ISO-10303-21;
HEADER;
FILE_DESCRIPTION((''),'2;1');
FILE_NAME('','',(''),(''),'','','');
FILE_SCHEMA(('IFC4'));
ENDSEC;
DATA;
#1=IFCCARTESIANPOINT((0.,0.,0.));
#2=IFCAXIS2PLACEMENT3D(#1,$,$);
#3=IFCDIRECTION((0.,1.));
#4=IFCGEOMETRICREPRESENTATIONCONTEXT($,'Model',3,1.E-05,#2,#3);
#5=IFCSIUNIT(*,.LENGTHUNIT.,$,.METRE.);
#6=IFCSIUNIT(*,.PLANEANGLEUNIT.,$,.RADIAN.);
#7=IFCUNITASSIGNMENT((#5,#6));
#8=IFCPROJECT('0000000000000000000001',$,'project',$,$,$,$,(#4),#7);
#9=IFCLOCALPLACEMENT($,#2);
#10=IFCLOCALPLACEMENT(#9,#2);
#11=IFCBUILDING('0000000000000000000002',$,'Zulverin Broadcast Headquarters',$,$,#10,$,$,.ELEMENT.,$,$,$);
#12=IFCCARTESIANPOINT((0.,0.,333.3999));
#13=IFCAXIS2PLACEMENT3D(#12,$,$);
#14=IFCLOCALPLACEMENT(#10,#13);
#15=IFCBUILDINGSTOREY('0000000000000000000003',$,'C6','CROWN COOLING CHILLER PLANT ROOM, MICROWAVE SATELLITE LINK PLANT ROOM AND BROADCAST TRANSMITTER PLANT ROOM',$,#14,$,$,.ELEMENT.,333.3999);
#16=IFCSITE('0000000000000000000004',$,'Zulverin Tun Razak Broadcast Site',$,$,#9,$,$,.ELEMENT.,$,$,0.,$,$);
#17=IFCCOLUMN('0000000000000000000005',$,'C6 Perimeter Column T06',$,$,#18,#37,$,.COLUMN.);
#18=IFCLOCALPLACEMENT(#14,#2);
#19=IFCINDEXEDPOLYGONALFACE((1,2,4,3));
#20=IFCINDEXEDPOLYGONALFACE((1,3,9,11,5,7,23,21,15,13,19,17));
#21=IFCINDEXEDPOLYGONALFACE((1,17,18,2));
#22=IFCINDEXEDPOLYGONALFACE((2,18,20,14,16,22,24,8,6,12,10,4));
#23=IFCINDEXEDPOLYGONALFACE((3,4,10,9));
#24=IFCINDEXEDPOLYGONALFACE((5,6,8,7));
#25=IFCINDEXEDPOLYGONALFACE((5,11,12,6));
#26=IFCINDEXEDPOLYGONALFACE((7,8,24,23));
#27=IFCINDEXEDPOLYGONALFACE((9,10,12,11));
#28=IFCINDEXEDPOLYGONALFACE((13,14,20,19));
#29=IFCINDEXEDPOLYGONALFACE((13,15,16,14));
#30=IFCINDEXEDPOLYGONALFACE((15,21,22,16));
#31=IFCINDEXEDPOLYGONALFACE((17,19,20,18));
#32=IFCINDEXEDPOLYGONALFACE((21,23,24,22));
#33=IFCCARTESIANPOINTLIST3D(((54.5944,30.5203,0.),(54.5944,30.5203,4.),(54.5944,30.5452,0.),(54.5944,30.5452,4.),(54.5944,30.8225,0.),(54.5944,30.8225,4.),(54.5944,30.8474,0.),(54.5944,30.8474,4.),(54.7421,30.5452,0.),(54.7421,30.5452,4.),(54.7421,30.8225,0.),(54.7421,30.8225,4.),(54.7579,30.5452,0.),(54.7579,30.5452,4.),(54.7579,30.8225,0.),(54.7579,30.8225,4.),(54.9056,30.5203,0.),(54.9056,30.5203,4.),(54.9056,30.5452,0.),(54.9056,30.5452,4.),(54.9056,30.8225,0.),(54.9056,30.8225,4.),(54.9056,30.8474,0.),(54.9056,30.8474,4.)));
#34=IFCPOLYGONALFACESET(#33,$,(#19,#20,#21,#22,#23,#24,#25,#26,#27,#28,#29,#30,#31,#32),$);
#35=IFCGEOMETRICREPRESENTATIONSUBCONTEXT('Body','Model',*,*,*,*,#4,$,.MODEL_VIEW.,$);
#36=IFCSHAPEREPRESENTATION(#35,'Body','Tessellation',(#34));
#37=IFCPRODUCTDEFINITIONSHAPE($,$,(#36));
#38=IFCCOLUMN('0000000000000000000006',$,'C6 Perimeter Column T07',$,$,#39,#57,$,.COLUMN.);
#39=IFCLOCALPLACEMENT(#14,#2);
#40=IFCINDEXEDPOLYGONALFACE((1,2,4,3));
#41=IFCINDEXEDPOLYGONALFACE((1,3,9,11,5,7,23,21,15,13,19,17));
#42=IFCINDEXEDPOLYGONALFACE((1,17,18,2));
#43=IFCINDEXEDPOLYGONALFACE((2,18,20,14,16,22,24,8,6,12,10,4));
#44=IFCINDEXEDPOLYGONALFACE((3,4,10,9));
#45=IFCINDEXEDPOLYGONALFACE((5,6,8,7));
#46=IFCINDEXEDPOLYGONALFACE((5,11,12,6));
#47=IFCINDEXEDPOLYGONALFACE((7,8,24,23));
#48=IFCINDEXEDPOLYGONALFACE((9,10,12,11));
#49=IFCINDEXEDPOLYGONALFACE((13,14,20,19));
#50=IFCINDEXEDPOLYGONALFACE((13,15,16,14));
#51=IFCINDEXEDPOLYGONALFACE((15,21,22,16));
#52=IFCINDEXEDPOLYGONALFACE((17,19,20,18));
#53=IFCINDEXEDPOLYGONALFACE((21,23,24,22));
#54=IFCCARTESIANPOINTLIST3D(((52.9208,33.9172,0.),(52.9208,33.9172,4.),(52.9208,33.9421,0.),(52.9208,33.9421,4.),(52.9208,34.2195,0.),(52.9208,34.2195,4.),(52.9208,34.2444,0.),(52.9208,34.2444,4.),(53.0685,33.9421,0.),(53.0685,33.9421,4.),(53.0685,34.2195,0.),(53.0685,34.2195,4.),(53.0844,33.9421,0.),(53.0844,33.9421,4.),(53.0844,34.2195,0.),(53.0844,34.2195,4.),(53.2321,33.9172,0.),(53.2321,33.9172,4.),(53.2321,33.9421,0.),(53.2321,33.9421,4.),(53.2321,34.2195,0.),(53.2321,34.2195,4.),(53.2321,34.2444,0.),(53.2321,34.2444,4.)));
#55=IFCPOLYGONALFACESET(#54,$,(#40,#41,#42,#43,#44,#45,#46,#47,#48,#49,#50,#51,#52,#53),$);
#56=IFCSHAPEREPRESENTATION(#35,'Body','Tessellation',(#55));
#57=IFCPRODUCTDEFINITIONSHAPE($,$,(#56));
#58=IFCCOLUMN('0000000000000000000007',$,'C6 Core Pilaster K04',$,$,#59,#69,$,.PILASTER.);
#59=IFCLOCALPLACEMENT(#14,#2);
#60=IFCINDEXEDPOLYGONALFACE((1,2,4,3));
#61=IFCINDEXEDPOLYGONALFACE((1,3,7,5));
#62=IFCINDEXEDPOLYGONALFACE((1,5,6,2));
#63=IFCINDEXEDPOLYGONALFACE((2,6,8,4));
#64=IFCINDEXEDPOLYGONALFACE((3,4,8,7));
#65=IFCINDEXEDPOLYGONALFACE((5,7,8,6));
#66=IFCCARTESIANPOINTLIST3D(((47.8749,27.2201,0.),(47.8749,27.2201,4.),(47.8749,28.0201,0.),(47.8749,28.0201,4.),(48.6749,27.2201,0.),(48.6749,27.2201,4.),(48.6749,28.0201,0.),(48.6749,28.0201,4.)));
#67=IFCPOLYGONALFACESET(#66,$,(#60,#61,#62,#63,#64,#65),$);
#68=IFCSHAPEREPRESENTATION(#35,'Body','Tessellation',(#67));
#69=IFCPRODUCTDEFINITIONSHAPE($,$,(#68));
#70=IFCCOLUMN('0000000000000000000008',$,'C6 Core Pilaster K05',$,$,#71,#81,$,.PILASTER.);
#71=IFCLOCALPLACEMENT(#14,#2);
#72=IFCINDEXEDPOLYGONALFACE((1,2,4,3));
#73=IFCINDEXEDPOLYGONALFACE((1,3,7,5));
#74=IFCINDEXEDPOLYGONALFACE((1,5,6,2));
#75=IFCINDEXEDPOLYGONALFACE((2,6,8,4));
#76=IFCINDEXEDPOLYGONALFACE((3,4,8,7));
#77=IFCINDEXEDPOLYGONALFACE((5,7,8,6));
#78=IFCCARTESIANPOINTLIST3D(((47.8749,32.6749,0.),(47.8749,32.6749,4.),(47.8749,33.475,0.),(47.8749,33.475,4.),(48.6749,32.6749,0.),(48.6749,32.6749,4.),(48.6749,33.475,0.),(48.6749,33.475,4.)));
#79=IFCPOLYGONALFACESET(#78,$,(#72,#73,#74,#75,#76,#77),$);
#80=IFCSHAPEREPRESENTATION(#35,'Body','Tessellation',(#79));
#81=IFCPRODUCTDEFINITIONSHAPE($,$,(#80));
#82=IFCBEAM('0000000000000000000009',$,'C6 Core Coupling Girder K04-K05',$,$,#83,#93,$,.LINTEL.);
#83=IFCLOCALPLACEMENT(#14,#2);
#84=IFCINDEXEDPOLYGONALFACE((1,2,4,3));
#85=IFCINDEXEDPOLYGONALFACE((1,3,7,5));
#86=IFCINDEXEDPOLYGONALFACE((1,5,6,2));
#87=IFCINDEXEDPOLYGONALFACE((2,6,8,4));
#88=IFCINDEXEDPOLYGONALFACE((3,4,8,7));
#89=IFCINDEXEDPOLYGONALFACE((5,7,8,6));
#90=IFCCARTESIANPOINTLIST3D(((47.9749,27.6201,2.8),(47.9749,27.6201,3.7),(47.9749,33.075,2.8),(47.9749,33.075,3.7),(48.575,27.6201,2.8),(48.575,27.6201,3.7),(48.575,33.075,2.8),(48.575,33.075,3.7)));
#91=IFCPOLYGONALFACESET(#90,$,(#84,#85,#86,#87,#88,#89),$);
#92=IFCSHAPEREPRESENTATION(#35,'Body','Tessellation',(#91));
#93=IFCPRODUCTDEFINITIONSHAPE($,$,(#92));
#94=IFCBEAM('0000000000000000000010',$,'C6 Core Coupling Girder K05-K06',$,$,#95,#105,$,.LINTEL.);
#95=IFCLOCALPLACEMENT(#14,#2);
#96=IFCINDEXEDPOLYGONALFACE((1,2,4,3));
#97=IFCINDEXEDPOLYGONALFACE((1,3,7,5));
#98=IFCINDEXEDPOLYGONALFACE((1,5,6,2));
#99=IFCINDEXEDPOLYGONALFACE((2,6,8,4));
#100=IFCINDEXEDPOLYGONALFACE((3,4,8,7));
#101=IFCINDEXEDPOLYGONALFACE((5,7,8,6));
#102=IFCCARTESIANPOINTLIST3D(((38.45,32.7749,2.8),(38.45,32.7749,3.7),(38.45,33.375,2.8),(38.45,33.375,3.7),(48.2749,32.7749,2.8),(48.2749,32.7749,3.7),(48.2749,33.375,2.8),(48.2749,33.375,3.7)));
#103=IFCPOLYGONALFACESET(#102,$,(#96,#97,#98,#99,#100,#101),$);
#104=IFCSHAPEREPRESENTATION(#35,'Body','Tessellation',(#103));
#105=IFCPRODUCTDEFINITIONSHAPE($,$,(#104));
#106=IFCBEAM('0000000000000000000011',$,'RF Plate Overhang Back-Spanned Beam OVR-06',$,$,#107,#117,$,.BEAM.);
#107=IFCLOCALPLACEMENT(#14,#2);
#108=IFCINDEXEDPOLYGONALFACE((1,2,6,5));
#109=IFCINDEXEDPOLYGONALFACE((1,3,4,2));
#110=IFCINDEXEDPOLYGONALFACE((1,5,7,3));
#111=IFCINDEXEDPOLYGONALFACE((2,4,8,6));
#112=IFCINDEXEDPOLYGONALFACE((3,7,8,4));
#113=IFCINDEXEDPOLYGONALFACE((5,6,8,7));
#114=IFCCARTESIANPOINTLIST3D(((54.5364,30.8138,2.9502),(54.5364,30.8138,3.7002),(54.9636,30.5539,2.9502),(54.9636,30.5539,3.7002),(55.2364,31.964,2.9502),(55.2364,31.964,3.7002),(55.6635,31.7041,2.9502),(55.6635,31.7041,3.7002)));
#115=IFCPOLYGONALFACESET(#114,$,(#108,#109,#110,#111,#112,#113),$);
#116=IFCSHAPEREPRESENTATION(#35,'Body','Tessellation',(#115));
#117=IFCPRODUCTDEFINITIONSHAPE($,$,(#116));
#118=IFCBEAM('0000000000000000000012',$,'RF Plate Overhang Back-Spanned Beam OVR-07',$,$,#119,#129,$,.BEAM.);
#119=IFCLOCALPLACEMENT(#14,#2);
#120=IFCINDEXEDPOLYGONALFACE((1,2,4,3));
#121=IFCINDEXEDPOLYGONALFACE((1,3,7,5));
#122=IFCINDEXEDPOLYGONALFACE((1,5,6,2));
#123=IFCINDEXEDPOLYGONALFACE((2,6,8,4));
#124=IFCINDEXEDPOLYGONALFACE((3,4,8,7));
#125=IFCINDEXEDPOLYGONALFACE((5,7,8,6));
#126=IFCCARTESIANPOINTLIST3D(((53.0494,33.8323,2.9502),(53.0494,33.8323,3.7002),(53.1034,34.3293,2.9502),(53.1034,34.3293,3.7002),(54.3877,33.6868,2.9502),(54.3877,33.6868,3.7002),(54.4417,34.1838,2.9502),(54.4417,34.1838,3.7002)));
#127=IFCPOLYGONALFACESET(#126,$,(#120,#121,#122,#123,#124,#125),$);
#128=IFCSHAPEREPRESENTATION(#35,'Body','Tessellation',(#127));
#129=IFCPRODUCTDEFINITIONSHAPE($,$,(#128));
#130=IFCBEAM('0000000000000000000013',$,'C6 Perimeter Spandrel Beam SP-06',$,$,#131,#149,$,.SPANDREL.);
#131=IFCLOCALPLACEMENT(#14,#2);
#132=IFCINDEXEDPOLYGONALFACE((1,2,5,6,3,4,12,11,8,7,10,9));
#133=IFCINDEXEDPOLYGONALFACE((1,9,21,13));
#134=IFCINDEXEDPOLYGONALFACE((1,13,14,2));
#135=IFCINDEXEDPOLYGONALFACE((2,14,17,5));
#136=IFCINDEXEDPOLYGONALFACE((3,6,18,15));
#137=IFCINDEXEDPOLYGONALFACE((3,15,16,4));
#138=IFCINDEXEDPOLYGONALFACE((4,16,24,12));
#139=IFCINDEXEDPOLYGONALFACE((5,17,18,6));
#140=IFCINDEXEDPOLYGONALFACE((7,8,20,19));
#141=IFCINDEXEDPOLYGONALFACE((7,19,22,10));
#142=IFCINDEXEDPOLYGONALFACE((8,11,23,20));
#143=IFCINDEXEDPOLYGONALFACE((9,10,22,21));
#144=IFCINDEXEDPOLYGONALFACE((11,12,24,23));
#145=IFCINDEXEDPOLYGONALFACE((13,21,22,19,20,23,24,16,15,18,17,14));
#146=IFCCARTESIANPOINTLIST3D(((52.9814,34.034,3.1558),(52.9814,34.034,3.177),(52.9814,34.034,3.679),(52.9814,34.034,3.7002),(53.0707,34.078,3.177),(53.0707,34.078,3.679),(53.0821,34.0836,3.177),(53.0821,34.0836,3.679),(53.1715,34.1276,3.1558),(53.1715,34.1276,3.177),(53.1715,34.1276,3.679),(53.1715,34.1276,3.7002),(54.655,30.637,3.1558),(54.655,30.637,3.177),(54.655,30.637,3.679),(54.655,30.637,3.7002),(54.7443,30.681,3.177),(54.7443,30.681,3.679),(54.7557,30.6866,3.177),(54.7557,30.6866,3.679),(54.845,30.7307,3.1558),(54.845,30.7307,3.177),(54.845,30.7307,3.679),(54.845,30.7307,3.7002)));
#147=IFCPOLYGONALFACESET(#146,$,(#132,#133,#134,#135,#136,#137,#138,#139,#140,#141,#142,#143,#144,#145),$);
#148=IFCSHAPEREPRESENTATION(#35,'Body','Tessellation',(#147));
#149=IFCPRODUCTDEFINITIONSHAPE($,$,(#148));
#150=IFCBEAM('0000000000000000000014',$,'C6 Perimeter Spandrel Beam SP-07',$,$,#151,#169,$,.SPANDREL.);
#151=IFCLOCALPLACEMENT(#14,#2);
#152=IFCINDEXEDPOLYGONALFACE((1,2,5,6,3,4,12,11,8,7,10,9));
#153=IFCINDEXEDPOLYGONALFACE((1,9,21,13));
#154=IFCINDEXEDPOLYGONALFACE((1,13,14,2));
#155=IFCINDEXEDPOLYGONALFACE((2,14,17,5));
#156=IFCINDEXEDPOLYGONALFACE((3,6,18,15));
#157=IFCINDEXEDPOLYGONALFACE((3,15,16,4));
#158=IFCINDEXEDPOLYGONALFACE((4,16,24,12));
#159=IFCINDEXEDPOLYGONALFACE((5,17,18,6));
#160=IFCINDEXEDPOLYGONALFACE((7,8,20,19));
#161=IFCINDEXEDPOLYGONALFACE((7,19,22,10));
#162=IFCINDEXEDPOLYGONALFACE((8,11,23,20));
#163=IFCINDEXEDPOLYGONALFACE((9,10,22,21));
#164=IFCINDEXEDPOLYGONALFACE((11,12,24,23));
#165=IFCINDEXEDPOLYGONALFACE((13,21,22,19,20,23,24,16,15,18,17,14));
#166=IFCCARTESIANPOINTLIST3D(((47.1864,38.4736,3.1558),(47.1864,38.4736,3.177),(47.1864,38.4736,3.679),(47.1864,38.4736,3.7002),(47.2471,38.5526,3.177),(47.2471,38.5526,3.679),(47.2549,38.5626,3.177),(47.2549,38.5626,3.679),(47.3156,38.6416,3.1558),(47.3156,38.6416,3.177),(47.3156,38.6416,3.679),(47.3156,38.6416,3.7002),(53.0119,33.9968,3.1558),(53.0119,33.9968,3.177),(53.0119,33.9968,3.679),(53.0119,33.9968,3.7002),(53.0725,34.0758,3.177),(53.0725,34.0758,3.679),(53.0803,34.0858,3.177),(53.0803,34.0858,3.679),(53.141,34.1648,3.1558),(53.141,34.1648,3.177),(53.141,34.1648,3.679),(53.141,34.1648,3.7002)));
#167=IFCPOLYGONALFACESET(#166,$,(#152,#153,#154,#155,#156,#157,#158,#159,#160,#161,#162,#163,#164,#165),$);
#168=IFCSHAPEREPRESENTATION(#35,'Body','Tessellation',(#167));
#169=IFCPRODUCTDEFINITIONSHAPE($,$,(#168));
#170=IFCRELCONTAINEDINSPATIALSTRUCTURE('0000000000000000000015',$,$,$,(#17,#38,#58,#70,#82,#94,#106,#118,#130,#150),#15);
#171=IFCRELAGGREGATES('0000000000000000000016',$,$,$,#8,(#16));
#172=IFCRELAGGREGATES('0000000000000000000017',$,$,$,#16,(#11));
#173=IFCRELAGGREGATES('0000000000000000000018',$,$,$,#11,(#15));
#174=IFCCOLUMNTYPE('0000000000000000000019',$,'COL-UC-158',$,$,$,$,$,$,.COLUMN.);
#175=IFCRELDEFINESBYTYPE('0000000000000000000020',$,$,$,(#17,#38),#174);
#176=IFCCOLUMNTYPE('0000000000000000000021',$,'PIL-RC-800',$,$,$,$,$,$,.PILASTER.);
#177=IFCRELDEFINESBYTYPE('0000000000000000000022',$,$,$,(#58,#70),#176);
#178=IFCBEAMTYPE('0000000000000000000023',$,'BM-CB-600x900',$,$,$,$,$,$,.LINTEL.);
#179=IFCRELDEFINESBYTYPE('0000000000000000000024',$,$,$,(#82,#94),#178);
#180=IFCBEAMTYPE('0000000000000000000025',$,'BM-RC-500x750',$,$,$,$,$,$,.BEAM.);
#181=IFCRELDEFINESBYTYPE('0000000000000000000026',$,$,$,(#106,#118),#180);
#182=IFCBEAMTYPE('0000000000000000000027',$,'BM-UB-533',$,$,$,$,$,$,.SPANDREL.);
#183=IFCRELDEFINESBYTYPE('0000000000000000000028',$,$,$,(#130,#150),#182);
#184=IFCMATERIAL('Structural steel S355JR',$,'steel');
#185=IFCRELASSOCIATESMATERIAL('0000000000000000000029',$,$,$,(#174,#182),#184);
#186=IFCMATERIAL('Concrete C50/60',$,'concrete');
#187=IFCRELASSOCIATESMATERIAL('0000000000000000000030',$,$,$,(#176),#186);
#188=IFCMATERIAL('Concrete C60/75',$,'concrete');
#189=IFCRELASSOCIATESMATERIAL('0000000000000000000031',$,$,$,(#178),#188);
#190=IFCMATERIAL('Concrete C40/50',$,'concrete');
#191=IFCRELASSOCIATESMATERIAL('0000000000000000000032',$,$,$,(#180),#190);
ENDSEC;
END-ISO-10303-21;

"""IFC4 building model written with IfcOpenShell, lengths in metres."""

from ifc_helpers import new_model, si_unit, direction, frame, origin, origin_2d, place, context, subcontext, project, spatial, rectangle, i_section, extrude, material, material_profile, profile_set, type_object, element, save


model = new_model("IFC4")

# Units and contexts
model_context = context("Model", 3, precision=1e-05, world=origin(), true_north=direction((0.0, 1.0)))
body_context = subcontext(model_context, "Body", "Model", "MODEL_VIEW")
ifc_project = project(units=[si_unit("LENGTHUNIT", "METRE"), si_unit("PLANEANGLEUNIT", "RADIAN")], contexts=[model_context])

# Site, building, storey
site_placement = place(None, origin())
site = spatial("IfcSite", under=ifc_project, at=site_placement, Name="Zulverin Tun Razak Broadcast Site", CompositionType="ELEMENT", RefElevation=0.0)
building_placement = place(site_placement, origin())
building = spatial("IfcBuilding", under=site, at=building_placement, Name="Zulverin Broadcast Headquarters", CompositionType="ELEMENT")
storey_placement = place(building_placement, frame((0.0, 0.0, 333.3999)))
storey = spatial("IfcBuildingStorey", under=building, at=storey_placement, Name="C6", Description="CROWN COOLING CHILLER PLANT ROOM, MICROWAVE SATELLITE LINK PLANT ROOM AND BROADCAST TRANSMITTER PLANT ROOM", CompositionType="ELEMENT", Elevation=333.3999)

# Columns
ifc_material_1 = material(Name="Structural steel S355JR", Category="steel")
ifc_material_profile_1 = material_profile(ifc_material_1, i_section(OverallWidth=0.3113, OverallDepth=0.3271, WebThickness=0.0159, FlangeThickness=0.0249, at=origin_2d()), Name="Structural steel S355JR", Category="steel")
ifc_profile_set_1 = profile_set([ifc_material_profile_1], Name="Structural steel S355JR")
column_type_1 = type_object("IfcColumnType", Name="COL-UC-158", PredefinedType="COLUMN", material=ifc_profile_set_1)
for number, where, z_axis, x_axis, name in (
    (1, (54.75, 30.6838, 0.0), (0.0, 0.0, 1.0), (1.0, 0.0, 0.0), "C6 Perimeter Column T06"),
    (2, (53.0764, 34.0808, 0.0), (0.0, 0.0, 1.0), (1.0, 0.0, 0.0), "C6 Perimeter Column T07"),
):
    element("IfcColumn", number, at=place(storey_placement, frame(where, z_axis=z_axis, x_axis=x_axis)), inside=storey, type_object=column_type_1, Name=name, PredefinedType="COLUMN", context=body_context, shape_type="SweptSolid", body=[
        extrude(i_section(OverallWidth=0.3113, OverallDepth=0.3271, WebThickness=0.0159, FlangeThickness=0.0249, at=origin_2d()), origin(), (0.0, 0.0, 1.0), 4.0),
    ])
ifc_material_2 = material(Name="Concrete C50/60", Category="concrete")
ifc_material_profile_2 = material_profile(ifc_material_2, rectangle(XDim=0.8, YDim=0.8, at=origin_2d()), Name="Concrete C50/60", Category="concrete")
ifc_profile_set_2 = profile_set([ifc_material_profile_2], Name="Concrete C50/60")
column_type_2 = type_object("IfcColumnType", Name="PIL-RC-800", PredefinedType="PILASTER", material=ifc_profile_set_2)
for number, where, z_axis, x_axis, name in (
    (3, (48.2749, 27.6201, 0.0), (0.0, 0.0, 1.0), (1.0, 0.0, 0.0), "C6 Core Pilaster K04"),
    (4, (48.2749, 33.075, 0.0), (0.0, 0.0, 1.0), (1.0, 0.0, 0.0), "C6 Core Pilaster K05"),
):
    element("IfcColumn", number, at=place(storey_placement, frame(where, z_axis=z_axis, x_axis=x_axis)), inside=storey, type_object=column_type_2, Name=name, PredefinedType="PILASTER", context=body_context, shape_type="SweptSolid", body=[
        extrude(rectangle(XDim=0.8, YDim=0.8, at=origin_2d()), origin(), (0.0, 0.0, 1.0), 4.0),
    ])

# Beams
ifc_material_3 = material(Name="Concrete C60/75", Category="concrete")
ifc_material_profile_3 = material_profile(ifc_material_3, rectangle(XDim=0.6001, YDim=0.8999, at=origin_2d()), Name="Concrete C60/75", Category="concrete")
ifc_profile_set_3 = profile_set([ifc_material_profile_3], Name="Concrete C60/75")
beam_type_1 = type_object("IfcBeamType", Name="BM-CB-600x900", PredefinedType="LINTEL", material=ifc_profile_set_3)
beam_1_placement = place(storey_placement, frame((48.2749, 27.6201, 3.25), z_axis=(0.0, 1.0, 0.0), x_axis=(-1.0, 0.0, 0.0)))
element("IfcBeam", 5, at=beam_1_placement, inside=storey, type_object=beam_type_1, Name="C6 Core Coupling Girder K04-K05", PredefinedType="LINTEL", context=body_context, shape_type="SweptSolid", body=[
    extrude(rectangle(XDim=0.6001, YDim=0.8999, at=origin_2d()), origin(), (0.0, 0.0, 1.0), 5.4548),
])
beam_2_placement = place(storey_placement, frame((48.2749, 33.075, 3.25), z_axis=(-1.0, 0.0, 0.0), x_axis=(0.0, -1.0, 0.0)))
element("IfcBeam", 6, at=beam_2_placement, inside=storey, type_object=beam_type_1, Name="C6 Core Coupling Girder K05-K06", PredefinedType="LINTEL", context=body_context, shape_type="SweptSolid", body=[
    extrude(rectangle(XDim=0.6001, YDim=0.8999, at=origin_2d()), origin(), (0.0, 0.0, 1.0), 9.825),
])
ifc_material_4 = material(Name="Concrete C40/50", Category="concrete")
ifc_material_profile_4 = material_profile(ifc_material_4, rectangle(XDim=0.5, YDim=0.75, at=origin_2d()), Name="Concrete C40/50", Category="concrete")
ifc_profile_set_4 = profile_set([ifc_material_profile_4], Name="Concrete C40/50")
beam_type_2 = type_object("IfcBeamType", Name="BM-RC-500x750", PredefinedType="BEAM", material=ifc_profile_set_4)
beam_3_placement = place(storey_placement, frame((54.75, 30.6838, 3.3252), z_axis=(0.519872, 0.854244, 0.0), x_axis=(-0.854244, 0.519872, 0.0)))
element("IfcBeam", 7, at=beam_3_placement, inside=storey, type_object=beam_type_2, Name="RF Plate Overhang Back-Spanned Beam OVR-06", PredefinedType="BEAM", context=body_context, shape_type="SweptSolid", body=[
    extrude(rectangle(XDim=0.5, YDim=0.75, at=origin_2d()), origin(), (0.0, 0.0, 1.0), 1.3464),
])
beam_4_placement = place(storey_placement, frame((53.0764, 34.0808, 3.3252), z_axis=(0.994142, -0.108083, 0.0), x_axis=(0.108083, 0.994142, 0.0)))
element("IfcBeam", 8, at=beam_4_placement, inside=storey, type_object=beam_type_2, Name="RF Plate Overhang Back-Spanned Beam OVR-07", PredefinedType="BEAM", context=body_context, shape_type="SweptSolid", body=[
    extrude(rectangle(XDim=0.5, YDim=0.75, at=origin_2d()), origin(), (0.0, 0.0, 1.0), 1.3462),
])
ifc_material_profile_5 = material_profile(ifc_material_1, i_section(OverallWidth=0.2119, OverallDepth=0.5444, WebThickness=0.0127, FlangeThickness=0.0212, at=origin_2d()), Name="Structural steel S355JR", Category="steel")
ifc_profile_set_5 = profile_set([ifc_material_profile_5], Name="Structural steel S355JR")
beam_type_3 = type_object("IfcBeamType", Name="BM-UB-533", PredefinedType="SPANDREL", material=ifc_profile_set_5)
beam_5_placement = place(storey_placement, frame((54.75, 30.6838, 3.428), z_axis=(-0.441945, 0.897042, 0.0), x_axis=(-0.897042, -0.441945, 0.0)))
element("IfcBeam", 9, at=beam_5_placement, inside=storey, type_object=beam_type_3, Name="C6 Perimeter Spandrel Beam SP-06", PredefinedType="SPANDREL", context=body_context, shape_type="SweptSolid", body=[
    extrude(i_section(OverallWidth=0.2119, OverallDepth=0.5444, WebThickness=0.0127, FlangeThickness=0.0212, at=origin_2d()), origin(), (0.0, 0.0, 1.0), 3.7869),
])
beam_6_placement = place(storey_placement, frame((53.0764, 34.0808, 3.428), z_axis=(-0.792907, 0.609343, 0.0), x_axis=(-0.609343, -0.792907, 0.0)))
element("IfcBeam", 10, at=beam_6_placement, inside=storey, type_object=beam_type_3, Name="C6 Perimeter Spandrel Beam SP-07", PredefinedType="SPANDREL", context=body_context, shape_type="SweptSolid", body=[
    extrude(i_section(OverallWidth=0.2119, OverallDepth=0.5444, WebThickness=0.0127, FlangeThickness=0.0212, at=origin_2d()), origin(), (0.0, 0.0, 1.0), 7.3469),
])

save(model, "model.ifc")
